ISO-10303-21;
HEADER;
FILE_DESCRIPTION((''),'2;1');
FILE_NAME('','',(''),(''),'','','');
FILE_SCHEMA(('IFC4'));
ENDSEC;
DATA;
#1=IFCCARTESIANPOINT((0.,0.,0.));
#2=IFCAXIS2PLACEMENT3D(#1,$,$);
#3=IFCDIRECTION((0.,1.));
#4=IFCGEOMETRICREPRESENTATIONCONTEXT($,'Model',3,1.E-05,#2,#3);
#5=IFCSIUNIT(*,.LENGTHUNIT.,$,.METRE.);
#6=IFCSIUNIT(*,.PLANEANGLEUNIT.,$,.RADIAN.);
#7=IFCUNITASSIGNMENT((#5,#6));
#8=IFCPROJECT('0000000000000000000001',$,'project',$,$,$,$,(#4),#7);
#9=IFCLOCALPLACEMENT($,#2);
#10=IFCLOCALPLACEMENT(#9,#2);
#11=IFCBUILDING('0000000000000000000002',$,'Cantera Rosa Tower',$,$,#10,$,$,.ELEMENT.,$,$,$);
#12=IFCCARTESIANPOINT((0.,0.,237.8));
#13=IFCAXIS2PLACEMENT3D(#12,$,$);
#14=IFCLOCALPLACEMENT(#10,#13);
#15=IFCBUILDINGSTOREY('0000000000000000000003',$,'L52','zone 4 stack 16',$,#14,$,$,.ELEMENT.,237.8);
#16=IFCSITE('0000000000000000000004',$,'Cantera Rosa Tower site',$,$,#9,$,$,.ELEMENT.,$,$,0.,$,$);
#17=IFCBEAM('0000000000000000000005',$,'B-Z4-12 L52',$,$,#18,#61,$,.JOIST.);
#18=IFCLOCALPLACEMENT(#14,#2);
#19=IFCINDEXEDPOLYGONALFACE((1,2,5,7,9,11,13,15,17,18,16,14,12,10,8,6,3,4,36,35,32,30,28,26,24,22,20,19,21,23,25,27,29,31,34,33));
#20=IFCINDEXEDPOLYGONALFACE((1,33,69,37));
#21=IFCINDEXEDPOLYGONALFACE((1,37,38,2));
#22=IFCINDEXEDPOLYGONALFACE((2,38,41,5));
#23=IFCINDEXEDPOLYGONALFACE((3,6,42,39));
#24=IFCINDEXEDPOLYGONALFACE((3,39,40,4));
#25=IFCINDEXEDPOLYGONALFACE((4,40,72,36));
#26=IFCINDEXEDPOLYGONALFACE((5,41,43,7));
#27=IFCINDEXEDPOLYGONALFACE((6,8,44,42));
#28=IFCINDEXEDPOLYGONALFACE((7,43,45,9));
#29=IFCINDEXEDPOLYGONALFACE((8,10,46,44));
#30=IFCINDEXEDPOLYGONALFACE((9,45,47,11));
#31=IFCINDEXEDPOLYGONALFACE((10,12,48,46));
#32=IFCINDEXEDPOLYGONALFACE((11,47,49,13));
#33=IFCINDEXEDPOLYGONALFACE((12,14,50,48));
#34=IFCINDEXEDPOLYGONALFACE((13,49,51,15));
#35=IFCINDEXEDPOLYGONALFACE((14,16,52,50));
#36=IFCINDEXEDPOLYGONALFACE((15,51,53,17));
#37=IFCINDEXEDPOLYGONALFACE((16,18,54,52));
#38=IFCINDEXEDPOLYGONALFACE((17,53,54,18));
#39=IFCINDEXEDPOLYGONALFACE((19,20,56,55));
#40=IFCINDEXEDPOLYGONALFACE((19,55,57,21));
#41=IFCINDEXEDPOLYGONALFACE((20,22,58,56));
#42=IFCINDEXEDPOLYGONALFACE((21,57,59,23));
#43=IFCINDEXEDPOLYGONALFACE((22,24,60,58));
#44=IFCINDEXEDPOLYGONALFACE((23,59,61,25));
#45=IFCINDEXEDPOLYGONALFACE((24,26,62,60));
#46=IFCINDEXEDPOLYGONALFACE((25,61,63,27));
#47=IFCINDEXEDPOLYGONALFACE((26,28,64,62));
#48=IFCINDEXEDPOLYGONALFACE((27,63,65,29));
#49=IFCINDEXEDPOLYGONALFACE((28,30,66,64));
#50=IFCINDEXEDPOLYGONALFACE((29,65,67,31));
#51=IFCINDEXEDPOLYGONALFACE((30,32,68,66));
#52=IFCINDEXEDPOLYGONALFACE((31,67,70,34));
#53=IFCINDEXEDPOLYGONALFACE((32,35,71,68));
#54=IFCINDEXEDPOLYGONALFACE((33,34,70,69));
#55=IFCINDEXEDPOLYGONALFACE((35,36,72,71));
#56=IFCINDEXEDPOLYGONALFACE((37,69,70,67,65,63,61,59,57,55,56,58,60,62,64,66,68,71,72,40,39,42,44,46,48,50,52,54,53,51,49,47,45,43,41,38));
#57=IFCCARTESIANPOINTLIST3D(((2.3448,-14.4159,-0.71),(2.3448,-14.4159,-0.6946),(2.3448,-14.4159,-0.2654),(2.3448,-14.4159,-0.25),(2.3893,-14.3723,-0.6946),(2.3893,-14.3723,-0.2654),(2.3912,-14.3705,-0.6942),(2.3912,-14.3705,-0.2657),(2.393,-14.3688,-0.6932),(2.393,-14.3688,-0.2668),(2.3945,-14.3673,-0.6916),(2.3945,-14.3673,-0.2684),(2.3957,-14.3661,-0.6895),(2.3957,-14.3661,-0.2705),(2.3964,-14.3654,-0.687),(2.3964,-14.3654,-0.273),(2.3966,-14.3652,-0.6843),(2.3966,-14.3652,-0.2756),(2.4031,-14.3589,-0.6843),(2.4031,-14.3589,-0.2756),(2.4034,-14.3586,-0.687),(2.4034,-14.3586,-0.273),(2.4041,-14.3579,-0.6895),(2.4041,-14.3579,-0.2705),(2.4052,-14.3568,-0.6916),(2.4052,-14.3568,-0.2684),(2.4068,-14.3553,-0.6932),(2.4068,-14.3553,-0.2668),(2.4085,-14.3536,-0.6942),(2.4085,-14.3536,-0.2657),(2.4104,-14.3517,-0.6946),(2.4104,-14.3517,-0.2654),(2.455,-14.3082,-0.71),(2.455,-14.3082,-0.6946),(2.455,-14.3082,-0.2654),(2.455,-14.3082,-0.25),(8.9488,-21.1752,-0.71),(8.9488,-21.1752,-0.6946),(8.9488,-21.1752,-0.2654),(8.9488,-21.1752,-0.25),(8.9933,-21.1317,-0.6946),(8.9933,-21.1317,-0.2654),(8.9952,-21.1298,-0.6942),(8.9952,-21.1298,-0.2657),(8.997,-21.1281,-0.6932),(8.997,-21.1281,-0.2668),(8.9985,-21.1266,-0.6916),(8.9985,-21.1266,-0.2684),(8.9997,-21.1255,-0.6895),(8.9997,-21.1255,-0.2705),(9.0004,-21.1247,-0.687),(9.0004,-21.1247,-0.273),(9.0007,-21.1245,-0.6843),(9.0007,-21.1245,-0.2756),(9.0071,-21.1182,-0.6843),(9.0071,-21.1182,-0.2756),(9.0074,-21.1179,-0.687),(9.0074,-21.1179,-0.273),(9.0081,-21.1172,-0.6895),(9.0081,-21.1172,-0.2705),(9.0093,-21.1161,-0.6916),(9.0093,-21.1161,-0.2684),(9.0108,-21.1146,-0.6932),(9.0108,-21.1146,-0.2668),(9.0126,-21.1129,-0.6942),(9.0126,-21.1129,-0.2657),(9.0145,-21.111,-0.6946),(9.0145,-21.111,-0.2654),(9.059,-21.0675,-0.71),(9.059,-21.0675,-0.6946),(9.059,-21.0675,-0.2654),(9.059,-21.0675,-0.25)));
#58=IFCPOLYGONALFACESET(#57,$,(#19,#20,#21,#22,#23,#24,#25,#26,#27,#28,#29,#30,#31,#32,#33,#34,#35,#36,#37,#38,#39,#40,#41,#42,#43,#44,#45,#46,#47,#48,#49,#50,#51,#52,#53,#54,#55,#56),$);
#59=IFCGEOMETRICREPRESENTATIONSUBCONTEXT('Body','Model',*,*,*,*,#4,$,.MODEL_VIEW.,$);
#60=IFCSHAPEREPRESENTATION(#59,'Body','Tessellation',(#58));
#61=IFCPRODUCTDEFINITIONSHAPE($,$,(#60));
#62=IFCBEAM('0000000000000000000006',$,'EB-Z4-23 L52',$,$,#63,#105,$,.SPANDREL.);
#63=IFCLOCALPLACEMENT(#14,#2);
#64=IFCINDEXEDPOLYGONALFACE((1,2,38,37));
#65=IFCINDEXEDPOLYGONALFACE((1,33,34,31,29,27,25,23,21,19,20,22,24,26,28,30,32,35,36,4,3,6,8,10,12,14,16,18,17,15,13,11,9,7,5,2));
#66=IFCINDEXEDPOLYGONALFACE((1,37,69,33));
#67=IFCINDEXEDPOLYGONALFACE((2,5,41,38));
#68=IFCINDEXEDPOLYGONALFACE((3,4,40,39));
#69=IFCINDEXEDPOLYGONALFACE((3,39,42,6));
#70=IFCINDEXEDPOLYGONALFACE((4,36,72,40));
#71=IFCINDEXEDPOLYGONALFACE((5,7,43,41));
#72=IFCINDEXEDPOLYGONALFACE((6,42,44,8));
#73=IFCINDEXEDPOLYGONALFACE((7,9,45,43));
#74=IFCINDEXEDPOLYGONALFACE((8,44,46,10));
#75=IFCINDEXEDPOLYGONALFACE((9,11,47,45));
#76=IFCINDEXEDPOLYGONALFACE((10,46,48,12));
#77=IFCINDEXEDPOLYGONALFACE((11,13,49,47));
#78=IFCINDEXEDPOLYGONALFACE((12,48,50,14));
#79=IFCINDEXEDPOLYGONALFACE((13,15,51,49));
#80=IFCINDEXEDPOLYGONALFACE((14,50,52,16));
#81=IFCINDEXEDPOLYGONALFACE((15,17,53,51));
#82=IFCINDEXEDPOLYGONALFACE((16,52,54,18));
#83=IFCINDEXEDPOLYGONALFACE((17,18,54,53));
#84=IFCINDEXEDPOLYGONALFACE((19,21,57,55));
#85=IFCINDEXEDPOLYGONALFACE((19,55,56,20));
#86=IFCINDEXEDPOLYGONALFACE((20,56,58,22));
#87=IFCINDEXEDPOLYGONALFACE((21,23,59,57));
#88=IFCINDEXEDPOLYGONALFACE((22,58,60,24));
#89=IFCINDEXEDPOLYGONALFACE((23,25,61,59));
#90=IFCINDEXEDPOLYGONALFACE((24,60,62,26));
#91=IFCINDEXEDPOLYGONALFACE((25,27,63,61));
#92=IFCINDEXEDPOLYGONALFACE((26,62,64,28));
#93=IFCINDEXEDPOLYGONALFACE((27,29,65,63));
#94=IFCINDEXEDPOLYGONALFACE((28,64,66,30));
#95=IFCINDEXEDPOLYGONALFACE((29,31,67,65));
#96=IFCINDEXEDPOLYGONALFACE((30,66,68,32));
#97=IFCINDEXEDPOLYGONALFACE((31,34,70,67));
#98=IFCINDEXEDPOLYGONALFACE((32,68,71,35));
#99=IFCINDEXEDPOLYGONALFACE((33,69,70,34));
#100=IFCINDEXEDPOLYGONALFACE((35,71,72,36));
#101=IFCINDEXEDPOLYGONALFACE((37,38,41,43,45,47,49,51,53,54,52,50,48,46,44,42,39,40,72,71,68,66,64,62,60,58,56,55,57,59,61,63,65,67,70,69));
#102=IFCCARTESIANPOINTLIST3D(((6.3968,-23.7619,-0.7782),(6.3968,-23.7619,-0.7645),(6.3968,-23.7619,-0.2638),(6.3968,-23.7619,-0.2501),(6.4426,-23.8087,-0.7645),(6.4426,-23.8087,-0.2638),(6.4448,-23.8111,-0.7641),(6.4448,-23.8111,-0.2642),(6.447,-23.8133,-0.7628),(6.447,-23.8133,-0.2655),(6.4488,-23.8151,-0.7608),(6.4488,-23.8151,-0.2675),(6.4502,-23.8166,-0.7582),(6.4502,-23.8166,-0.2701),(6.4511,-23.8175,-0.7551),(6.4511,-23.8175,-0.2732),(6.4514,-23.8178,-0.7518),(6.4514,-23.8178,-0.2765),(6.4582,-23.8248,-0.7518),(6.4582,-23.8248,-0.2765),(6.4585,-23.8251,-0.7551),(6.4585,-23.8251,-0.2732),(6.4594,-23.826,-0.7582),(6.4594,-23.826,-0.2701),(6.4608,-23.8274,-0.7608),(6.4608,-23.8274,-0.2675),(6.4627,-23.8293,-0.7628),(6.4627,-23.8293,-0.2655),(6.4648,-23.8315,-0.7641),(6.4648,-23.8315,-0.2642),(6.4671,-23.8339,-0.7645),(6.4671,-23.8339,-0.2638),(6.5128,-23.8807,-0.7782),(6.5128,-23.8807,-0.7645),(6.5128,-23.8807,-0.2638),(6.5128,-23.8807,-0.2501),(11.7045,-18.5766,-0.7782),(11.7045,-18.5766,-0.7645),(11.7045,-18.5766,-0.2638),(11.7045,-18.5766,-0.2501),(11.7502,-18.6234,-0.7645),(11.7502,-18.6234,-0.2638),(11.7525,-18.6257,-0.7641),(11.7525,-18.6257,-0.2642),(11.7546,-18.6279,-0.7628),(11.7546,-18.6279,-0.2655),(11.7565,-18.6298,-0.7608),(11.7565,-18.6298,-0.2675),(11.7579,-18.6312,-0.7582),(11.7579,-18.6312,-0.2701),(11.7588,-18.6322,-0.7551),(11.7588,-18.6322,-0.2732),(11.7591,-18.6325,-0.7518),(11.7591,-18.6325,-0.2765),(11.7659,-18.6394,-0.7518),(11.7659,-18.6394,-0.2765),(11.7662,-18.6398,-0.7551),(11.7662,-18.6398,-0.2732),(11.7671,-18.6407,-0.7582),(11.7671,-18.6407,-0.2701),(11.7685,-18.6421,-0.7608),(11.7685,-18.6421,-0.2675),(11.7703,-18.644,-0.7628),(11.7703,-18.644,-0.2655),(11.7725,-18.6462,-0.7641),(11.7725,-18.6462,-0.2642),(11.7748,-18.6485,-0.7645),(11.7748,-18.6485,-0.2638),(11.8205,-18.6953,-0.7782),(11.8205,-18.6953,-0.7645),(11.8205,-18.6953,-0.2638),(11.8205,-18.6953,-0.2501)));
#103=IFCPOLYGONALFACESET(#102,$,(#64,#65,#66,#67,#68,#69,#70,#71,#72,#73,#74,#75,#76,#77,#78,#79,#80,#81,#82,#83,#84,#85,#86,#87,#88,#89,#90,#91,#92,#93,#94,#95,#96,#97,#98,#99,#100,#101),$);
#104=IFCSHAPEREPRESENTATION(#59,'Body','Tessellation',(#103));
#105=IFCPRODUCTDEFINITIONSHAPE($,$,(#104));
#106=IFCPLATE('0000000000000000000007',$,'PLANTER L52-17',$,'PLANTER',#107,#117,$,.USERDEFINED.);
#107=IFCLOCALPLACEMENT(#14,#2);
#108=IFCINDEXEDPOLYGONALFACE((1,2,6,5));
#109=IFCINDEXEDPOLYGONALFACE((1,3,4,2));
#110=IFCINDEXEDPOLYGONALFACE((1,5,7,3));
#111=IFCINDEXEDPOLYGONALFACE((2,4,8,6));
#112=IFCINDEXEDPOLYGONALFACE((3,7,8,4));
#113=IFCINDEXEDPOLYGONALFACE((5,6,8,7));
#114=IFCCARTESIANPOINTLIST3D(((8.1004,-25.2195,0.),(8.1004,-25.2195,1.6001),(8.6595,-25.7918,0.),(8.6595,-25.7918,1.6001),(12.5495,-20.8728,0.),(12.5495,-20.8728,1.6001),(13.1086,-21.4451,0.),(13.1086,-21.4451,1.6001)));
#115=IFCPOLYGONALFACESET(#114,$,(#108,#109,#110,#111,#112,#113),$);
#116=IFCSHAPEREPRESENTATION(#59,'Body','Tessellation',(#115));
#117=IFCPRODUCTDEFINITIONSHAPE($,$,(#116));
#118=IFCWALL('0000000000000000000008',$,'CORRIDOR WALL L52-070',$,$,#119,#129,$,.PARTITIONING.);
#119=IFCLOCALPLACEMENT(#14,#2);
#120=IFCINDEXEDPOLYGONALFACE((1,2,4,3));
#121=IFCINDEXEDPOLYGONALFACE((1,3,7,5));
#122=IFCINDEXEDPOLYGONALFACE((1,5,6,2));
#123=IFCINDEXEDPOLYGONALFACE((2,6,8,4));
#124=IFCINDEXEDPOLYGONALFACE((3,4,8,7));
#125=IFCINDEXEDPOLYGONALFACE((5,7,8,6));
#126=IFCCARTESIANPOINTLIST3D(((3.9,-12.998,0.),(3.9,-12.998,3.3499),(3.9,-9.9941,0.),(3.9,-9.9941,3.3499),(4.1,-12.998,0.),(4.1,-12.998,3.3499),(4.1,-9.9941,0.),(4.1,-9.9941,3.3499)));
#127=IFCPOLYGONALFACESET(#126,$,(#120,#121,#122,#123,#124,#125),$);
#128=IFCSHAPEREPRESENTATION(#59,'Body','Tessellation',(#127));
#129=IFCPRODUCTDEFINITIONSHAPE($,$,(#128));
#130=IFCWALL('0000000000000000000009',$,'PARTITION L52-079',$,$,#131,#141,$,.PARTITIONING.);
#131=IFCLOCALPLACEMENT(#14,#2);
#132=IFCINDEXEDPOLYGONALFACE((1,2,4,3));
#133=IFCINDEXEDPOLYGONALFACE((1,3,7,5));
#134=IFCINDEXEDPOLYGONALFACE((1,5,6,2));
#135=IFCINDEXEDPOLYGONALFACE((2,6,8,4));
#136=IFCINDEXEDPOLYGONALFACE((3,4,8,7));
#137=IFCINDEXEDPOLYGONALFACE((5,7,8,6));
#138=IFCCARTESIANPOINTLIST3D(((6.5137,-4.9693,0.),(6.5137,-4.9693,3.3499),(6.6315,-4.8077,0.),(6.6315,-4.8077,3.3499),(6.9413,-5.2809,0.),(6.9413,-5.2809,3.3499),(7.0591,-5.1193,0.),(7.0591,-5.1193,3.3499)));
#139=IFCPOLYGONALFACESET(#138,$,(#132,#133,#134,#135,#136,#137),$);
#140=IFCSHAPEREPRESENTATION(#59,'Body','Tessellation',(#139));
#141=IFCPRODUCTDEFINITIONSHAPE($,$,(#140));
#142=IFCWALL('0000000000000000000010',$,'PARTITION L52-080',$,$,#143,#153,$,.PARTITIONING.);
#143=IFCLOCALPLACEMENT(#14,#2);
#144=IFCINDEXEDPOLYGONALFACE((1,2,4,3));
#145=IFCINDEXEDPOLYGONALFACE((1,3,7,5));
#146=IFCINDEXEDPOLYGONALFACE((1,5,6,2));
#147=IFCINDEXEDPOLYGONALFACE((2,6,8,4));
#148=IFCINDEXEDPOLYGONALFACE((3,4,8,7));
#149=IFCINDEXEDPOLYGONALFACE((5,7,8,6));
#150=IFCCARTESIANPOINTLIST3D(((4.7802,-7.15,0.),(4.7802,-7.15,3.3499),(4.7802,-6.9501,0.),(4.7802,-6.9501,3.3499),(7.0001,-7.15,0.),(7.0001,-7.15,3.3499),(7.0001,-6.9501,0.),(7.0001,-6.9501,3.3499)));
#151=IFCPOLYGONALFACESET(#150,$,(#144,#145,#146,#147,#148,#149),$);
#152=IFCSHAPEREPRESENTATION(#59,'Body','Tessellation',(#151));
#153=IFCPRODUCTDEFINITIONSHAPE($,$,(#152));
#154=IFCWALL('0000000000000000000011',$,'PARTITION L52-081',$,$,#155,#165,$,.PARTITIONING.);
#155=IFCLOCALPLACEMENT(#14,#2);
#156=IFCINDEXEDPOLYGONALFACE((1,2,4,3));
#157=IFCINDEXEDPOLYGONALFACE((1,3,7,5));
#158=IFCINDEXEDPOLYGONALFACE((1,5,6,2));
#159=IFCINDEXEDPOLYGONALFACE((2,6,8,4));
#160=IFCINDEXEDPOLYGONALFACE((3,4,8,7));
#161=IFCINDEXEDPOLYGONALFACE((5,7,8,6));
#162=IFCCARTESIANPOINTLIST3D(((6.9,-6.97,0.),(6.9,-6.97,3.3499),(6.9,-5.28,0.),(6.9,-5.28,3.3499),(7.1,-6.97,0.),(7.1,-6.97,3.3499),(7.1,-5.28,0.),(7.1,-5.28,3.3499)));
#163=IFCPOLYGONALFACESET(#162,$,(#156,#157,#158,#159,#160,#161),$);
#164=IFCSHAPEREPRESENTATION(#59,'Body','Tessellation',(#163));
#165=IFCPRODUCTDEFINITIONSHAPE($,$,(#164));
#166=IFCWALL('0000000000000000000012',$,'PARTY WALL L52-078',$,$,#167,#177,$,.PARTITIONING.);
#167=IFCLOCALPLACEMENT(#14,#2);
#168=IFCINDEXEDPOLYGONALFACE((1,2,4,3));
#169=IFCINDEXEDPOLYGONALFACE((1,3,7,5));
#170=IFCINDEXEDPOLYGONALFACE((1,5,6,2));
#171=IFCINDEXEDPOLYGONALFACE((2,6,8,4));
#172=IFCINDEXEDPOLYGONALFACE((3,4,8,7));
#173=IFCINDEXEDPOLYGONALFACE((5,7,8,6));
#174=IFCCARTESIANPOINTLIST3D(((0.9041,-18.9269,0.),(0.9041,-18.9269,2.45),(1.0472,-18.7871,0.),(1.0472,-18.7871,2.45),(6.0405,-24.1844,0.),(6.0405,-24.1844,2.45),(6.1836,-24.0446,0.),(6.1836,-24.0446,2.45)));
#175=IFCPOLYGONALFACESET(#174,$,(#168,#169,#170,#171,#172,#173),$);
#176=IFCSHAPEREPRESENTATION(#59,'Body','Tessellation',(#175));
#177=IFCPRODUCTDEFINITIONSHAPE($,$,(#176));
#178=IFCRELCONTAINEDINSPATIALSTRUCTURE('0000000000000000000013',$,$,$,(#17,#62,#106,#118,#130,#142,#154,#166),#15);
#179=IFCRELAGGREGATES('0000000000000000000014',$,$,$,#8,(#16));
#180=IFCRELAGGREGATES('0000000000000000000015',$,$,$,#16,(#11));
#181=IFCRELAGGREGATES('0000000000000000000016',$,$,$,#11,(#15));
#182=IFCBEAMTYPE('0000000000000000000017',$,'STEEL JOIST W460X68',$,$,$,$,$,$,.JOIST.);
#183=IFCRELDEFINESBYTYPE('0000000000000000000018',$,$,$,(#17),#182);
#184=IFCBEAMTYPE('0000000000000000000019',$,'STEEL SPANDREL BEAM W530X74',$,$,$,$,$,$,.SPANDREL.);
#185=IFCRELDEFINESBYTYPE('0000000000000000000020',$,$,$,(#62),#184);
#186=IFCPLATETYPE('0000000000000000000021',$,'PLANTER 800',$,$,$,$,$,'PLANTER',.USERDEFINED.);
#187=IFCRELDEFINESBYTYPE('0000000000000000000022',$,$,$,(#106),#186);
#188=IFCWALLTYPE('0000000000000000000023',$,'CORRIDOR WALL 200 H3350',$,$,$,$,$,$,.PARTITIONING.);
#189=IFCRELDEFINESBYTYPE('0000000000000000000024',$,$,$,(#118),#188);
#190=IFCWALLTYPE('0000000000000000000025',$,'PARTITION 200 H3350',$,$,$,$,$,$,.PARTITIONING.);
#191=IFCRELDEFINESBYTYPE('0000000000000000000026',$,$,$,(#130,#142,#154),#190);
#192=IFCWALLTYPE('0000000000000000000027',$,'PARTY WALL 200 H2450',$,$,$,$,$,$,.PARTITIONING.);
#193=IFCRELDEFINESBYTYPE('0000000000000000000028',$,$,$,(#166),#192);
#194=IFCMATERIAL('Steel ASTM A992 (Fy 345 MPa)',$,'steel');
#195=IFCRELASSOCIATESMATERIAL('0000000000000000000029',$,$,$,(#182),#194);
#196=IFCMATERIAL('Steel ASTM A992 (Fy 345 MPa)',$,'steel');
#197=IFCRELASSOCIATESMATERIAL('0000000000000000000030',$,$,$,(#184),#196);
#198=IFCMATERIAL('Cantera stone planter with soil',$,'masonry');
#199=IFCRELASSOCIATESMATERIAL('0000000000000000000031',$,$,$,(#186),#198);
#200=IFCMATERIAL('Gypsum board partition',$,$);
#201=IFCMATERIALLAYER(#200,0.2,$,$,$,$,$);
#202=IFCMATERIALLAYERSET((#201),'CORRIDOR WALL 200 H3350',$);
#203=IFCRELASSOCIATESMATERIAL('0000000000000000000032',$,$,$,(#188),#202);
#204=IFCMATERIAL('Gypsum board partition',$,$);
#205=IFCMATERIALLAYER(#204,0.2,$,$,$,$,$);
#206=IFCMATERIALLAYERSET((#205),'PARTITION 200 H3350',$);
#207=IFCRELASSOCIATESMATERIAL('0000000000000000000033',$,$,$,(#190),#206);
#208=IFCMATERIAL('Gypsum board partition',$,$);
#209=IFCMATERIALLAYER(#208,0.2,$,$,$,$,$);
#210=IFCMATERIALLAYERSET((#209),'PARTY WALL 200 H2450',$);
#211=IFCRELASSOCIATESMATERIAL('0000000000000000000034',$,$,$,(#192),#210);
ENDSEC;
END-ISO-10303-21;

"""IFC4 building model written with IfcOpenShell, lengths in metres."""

from ifc_helpers import new_model, si_unit, direction, frame, frame_2d, origin, origin_2d, place, context, subcontext, project, spatial, rectangle, i_section, extrude, material, layer, layer_set, material_profile, profile_set, type_object, element, save


model = new_model("IFC4")

# Units and contexts
model_context = context("Model", 3, precision=1e-05, world=origin(), true_north=direction((0.0, 1.0)))
body_context = subcontext(model_context, "Body", "Model", "MODEL_VIEW")
ifc_project = project(units=[si_unit("LENGTHUNIT", "METRE"), si_unit("PLANEANGLEUNIT", "RADIAN")], contexts=[model_context])

# Site, building, storey
site_placement = place(None, origin())
site = spatial("IfcSite", under=ifc_project, at=site_placement, Name="Cantera Rosa Tower site", CompositionType="ELEMENT", RefElevation=0.0)
building_placement = place(site_placement, origin())
building = spatial("IfcBuilding", under=site, at=building_placement, Name="Cantera Rosa Tower", CompositionType="ELEMENT")
storey_placement = place(building_placement, frame((0.0, 0.0, 237.8)))
storey = spatial("IfcBuildingStorey", under=building, at=storey_placement, Name="L52", Description="zone 4 stack 16", CompositionType="ELEMENT", Elevation=237.8)

# Beams
ifc_material_1 = material(Name="Steel ASTM A992 (Fy 345 MPa)", Category="steel")
ifc_material_profile_1 = material_profile(ifc_material_1, i_section(OverallWidth=0.1541, OverallDepth=0.46, WebThickness=0.009, FlangeThickness=0.0154, FilletRadius=0.0103, at=origin_2d()), Name="W460X68")
ifc_profile_set_1 = profile_set([ifc_material_profile_1], Name="Steel ASTM A992 (Fy 345 MPa)")
beam_type_1 = type_object("IfcBeamType", Name="STEEL JOIST W460X68", PredefinedType="JOIST", material=ifc_profile_set_1)
beam_1_placement = place(storey_placement, frame((9.0039, -21.1213, -0.48), z_axis=(-0.698843, 0.715275, 0.0), x_axis=(-0.715275, -0.698843, 0.0)))
element("IfcBeam", 1, at=beam_1_placement, inside=storey, type_object=beam_type_1, Name="B-Z4-12 L52", PredefinedType="JOIST", context=body_context, shape_type="SweptSolid", body=[
    extrude(i_section(OverallWidth=0.1541, OverallDepth=0.46, WebThickness=0.009, FlangeThickness=0.0154, FilletRadius=0.0103, at=origin_2d()), origin(), (0.0, 0.0, 1.0), 9.45),
])
ifc_material_2 = material(Name="Steel ASTM A992 (Fy 345 MPa)", Category="steel")
ifc_material_profile_2 = material_profile(ifc_material_2, i_section(OverallWidth=0.166, OverallDepth=0.5281, WebThickness=0.0098, FlangeThickness=0.0137, FilletRadius=0.0127, at=origin_2d()), Name="W530X74")
ifc_profile_set_2 = profile_set([ifc_material_profile_2], Name="Steel ASTM A992 (Fy 345 MPa)")
beam_type_2 = type_object("IfcBeamType", Name="STEEL SPANDREL BEAM W530X74", PredefinedType="SPANDREL", material=ifc_profile_set_2)
beam_2_placement = place(storey_placement, frame((6.4548, -23.8213, -0.5142), z_axis=(0.715301, 0.698817, 0.0), x_axis=(-0.698817, 0.715301, 0.0)))
element("IfcBeam", 2, at=beam_2_placement, inside=storey, type_object=beam_type_2, Name="EB-Z4-23 L52", PredefinedType="SPANDREL", context=body_context, shape_type="SweptSolid", body=[
    extrude(i_section(OverallWidth=0.166, OverallDepth=0.5281, WebThickness=0.0098, FlangeThickness=0.0137, FilletRadius=0.0127, at=origin_2d()), origin(), (0.0, 0.0, 1.0), 7.4202),
])

# Plate
ifc_material_3 = material(Name="Cantera stone planter with soil", Category="masonry")
plate_type = type_object("IfcPlateType", Name="PLANTER 800", ElementType="PLANTER", PredefinedType="USERDEFINED", material=ifc_material_3)
plate_placement = place(storey_placement, frame((10.6045, -23.3323, 0.0), z_axis=(0.0, 0.0, 1.0), x_axis=(0.715286, 0.698832, 0.0)))
element("IfcPlate", 3, at=plate_placement, inside=storey, type_object=plate_type, Name="PLANTER L52-17", ObjectType="PLANTER", PredefinedType="USERDEFINED", context=body_context, shape_type="SweptSolid", body=[
    extrude(rectangle(XDim=6.22, YDim=0.8, at=origin_2d()), origin(), (0.0, 0.0, 1.0), 1.6001),
])

# Wall
ifc_material_4 = material(Name="Gypsum board partition")
ifc_layer_1 = layer(ifc_material_4, 0.2)
ifc_layer_set_1 = layer_set([ifc_layer_1], Name="CORRIDOR WALL 200 H3350")
wall_type_1 = type_object("IfcWallType", Name="CORRIDOR WALL 200 H3350", PredefinedType="PARTITIONING", material=ifc_layer_set_1)
wall_1_placement = place(storey_placement, frame((4.0, -12.998, 0.0), z_axis=(0.0, 0.0, 1.0), x_axis=(0.0, 1.0, 0.0)))
element("IfcWall", 4, at=wall_1_placement, inside=storey, type_object=wall_type_1, Name="CORRIDOR WALL L52-070", PredefinedType="PARTITIONING", context=body_context, shape_type="SweptSolid", body=[
    extrude(rectangle(XDim=3.0039, YDim=0.2, at=frame_2d((1.502, 0.0))), origin(), (0.0, 0.0, 1.0), 3.3499),
])

# Walls
ifc_material_5 = material(Name="Gypsum board partition")
ifc_layer_2 = layer(ifc_material_5, 0.2)
ifc_layer_set_2 = layer_set([ifc_layer_2], Name="PARTITION 200 H3350")
wall_type_2 = type_object("IfcWallType", Name="PARTITION 200 H3350", PredefinedType="PARTITIONING", material=ifc_layer_set_2)
wall_2_placement = place(storey_placement, frame((6.5725, -4.8884, 0.0), z_axis=(0.0, 0.0, 1.0), x_axis=(0.808177, -0.58894, 0.0)))
element("IfcWall", 5, at=wall_2_placement, inside=storey, type_object=wall_type_2, Name="PARTITION L52-079", PredefinedType="PARTITIONING", context=body_context, shape_type="SweptSolid", body=[
    extrude(rectangle(XDim=0.5291, YDim=0.2, at=frame_2d((0.2646, 0.0))), origin(), (0.0, 0.0, 1.0), 3.3499),
])
wall_3_placement = place(storey_placement, frame((7.0, -7.05, 0.0), z_axis=(0.0, 0.0, 1.0), x_axis=(-1.0, 0.0, 0.0)))
element("IfcWall", 6, at=wall_3_placement, inside=storey, type_object=wall_type_2, Name="PARTITION L52-080", PredefinedType="PARTITIONING", context=body_context, shape_type="SweptSolid", body=[
    extrude(rectangle(XDim=2.22, YDim=0.2, at=frame_2d((1.1099, 0.0))), origin(), (0.0, 0.0, 1.0), 3.3499),
])
wall_4_placement = place(storey_placement, frame((7.0, -5.28, 0.0), z_axis=(0.0, 0.0, 1.0), x_axis=(0.0, -1.0, 0.0)))
element("IfcWall", 7, at=wall_4_placement, inside=storey, type_object=wall_type_2, Name="PARTITION L52-081", PredefinedType="PARTITIONING", context=body_context, shape_type="SweptSolid", body=[
    extrude(rectangle(XDim=1.6899, YDim=0.2, at=frame_2d((0.845, 0.0))), origin(), (0.0, 0.0, 1.0), 3.3499),
])
ifc_material_6 = material(Name="Gypsum board partition")
ifc_layer_3 = layer(ifc_material_6, 0.2)
ifc_layer_set_3 = layer_set([ifc_layer_3], Name="PARTY WALL 200 H2450")
wall_type_3 = type_object("IfcWallType", Name="PARTY WALL 200 H2450", PredefinedType="PARTITIONING", material=ifc_layer_set_3)
wall_5_placement = place(storey_placement, frame((6.1121, -24.1145, 0.0), z_axis=(0.0, 0.0, 1.0), x_axis=(-0.698821, 0.715296, 0.0)))
element("IfcWall", 8, at=wall_5_placement, inside=storey, type_object=wall_type_3, Name="PARTY WALL L52-078", PredefinedType="PARTITIONING", context=body_context, shape_type="SweptSolid", body=[
    extrude(rectangle(XDim=7.3501, YDim=0.2, at=frame_2d((3.675, 0.0))), origin(), (0.0, 0.0, 1.0), 2.45),
])

save(model, "model.ifc")
